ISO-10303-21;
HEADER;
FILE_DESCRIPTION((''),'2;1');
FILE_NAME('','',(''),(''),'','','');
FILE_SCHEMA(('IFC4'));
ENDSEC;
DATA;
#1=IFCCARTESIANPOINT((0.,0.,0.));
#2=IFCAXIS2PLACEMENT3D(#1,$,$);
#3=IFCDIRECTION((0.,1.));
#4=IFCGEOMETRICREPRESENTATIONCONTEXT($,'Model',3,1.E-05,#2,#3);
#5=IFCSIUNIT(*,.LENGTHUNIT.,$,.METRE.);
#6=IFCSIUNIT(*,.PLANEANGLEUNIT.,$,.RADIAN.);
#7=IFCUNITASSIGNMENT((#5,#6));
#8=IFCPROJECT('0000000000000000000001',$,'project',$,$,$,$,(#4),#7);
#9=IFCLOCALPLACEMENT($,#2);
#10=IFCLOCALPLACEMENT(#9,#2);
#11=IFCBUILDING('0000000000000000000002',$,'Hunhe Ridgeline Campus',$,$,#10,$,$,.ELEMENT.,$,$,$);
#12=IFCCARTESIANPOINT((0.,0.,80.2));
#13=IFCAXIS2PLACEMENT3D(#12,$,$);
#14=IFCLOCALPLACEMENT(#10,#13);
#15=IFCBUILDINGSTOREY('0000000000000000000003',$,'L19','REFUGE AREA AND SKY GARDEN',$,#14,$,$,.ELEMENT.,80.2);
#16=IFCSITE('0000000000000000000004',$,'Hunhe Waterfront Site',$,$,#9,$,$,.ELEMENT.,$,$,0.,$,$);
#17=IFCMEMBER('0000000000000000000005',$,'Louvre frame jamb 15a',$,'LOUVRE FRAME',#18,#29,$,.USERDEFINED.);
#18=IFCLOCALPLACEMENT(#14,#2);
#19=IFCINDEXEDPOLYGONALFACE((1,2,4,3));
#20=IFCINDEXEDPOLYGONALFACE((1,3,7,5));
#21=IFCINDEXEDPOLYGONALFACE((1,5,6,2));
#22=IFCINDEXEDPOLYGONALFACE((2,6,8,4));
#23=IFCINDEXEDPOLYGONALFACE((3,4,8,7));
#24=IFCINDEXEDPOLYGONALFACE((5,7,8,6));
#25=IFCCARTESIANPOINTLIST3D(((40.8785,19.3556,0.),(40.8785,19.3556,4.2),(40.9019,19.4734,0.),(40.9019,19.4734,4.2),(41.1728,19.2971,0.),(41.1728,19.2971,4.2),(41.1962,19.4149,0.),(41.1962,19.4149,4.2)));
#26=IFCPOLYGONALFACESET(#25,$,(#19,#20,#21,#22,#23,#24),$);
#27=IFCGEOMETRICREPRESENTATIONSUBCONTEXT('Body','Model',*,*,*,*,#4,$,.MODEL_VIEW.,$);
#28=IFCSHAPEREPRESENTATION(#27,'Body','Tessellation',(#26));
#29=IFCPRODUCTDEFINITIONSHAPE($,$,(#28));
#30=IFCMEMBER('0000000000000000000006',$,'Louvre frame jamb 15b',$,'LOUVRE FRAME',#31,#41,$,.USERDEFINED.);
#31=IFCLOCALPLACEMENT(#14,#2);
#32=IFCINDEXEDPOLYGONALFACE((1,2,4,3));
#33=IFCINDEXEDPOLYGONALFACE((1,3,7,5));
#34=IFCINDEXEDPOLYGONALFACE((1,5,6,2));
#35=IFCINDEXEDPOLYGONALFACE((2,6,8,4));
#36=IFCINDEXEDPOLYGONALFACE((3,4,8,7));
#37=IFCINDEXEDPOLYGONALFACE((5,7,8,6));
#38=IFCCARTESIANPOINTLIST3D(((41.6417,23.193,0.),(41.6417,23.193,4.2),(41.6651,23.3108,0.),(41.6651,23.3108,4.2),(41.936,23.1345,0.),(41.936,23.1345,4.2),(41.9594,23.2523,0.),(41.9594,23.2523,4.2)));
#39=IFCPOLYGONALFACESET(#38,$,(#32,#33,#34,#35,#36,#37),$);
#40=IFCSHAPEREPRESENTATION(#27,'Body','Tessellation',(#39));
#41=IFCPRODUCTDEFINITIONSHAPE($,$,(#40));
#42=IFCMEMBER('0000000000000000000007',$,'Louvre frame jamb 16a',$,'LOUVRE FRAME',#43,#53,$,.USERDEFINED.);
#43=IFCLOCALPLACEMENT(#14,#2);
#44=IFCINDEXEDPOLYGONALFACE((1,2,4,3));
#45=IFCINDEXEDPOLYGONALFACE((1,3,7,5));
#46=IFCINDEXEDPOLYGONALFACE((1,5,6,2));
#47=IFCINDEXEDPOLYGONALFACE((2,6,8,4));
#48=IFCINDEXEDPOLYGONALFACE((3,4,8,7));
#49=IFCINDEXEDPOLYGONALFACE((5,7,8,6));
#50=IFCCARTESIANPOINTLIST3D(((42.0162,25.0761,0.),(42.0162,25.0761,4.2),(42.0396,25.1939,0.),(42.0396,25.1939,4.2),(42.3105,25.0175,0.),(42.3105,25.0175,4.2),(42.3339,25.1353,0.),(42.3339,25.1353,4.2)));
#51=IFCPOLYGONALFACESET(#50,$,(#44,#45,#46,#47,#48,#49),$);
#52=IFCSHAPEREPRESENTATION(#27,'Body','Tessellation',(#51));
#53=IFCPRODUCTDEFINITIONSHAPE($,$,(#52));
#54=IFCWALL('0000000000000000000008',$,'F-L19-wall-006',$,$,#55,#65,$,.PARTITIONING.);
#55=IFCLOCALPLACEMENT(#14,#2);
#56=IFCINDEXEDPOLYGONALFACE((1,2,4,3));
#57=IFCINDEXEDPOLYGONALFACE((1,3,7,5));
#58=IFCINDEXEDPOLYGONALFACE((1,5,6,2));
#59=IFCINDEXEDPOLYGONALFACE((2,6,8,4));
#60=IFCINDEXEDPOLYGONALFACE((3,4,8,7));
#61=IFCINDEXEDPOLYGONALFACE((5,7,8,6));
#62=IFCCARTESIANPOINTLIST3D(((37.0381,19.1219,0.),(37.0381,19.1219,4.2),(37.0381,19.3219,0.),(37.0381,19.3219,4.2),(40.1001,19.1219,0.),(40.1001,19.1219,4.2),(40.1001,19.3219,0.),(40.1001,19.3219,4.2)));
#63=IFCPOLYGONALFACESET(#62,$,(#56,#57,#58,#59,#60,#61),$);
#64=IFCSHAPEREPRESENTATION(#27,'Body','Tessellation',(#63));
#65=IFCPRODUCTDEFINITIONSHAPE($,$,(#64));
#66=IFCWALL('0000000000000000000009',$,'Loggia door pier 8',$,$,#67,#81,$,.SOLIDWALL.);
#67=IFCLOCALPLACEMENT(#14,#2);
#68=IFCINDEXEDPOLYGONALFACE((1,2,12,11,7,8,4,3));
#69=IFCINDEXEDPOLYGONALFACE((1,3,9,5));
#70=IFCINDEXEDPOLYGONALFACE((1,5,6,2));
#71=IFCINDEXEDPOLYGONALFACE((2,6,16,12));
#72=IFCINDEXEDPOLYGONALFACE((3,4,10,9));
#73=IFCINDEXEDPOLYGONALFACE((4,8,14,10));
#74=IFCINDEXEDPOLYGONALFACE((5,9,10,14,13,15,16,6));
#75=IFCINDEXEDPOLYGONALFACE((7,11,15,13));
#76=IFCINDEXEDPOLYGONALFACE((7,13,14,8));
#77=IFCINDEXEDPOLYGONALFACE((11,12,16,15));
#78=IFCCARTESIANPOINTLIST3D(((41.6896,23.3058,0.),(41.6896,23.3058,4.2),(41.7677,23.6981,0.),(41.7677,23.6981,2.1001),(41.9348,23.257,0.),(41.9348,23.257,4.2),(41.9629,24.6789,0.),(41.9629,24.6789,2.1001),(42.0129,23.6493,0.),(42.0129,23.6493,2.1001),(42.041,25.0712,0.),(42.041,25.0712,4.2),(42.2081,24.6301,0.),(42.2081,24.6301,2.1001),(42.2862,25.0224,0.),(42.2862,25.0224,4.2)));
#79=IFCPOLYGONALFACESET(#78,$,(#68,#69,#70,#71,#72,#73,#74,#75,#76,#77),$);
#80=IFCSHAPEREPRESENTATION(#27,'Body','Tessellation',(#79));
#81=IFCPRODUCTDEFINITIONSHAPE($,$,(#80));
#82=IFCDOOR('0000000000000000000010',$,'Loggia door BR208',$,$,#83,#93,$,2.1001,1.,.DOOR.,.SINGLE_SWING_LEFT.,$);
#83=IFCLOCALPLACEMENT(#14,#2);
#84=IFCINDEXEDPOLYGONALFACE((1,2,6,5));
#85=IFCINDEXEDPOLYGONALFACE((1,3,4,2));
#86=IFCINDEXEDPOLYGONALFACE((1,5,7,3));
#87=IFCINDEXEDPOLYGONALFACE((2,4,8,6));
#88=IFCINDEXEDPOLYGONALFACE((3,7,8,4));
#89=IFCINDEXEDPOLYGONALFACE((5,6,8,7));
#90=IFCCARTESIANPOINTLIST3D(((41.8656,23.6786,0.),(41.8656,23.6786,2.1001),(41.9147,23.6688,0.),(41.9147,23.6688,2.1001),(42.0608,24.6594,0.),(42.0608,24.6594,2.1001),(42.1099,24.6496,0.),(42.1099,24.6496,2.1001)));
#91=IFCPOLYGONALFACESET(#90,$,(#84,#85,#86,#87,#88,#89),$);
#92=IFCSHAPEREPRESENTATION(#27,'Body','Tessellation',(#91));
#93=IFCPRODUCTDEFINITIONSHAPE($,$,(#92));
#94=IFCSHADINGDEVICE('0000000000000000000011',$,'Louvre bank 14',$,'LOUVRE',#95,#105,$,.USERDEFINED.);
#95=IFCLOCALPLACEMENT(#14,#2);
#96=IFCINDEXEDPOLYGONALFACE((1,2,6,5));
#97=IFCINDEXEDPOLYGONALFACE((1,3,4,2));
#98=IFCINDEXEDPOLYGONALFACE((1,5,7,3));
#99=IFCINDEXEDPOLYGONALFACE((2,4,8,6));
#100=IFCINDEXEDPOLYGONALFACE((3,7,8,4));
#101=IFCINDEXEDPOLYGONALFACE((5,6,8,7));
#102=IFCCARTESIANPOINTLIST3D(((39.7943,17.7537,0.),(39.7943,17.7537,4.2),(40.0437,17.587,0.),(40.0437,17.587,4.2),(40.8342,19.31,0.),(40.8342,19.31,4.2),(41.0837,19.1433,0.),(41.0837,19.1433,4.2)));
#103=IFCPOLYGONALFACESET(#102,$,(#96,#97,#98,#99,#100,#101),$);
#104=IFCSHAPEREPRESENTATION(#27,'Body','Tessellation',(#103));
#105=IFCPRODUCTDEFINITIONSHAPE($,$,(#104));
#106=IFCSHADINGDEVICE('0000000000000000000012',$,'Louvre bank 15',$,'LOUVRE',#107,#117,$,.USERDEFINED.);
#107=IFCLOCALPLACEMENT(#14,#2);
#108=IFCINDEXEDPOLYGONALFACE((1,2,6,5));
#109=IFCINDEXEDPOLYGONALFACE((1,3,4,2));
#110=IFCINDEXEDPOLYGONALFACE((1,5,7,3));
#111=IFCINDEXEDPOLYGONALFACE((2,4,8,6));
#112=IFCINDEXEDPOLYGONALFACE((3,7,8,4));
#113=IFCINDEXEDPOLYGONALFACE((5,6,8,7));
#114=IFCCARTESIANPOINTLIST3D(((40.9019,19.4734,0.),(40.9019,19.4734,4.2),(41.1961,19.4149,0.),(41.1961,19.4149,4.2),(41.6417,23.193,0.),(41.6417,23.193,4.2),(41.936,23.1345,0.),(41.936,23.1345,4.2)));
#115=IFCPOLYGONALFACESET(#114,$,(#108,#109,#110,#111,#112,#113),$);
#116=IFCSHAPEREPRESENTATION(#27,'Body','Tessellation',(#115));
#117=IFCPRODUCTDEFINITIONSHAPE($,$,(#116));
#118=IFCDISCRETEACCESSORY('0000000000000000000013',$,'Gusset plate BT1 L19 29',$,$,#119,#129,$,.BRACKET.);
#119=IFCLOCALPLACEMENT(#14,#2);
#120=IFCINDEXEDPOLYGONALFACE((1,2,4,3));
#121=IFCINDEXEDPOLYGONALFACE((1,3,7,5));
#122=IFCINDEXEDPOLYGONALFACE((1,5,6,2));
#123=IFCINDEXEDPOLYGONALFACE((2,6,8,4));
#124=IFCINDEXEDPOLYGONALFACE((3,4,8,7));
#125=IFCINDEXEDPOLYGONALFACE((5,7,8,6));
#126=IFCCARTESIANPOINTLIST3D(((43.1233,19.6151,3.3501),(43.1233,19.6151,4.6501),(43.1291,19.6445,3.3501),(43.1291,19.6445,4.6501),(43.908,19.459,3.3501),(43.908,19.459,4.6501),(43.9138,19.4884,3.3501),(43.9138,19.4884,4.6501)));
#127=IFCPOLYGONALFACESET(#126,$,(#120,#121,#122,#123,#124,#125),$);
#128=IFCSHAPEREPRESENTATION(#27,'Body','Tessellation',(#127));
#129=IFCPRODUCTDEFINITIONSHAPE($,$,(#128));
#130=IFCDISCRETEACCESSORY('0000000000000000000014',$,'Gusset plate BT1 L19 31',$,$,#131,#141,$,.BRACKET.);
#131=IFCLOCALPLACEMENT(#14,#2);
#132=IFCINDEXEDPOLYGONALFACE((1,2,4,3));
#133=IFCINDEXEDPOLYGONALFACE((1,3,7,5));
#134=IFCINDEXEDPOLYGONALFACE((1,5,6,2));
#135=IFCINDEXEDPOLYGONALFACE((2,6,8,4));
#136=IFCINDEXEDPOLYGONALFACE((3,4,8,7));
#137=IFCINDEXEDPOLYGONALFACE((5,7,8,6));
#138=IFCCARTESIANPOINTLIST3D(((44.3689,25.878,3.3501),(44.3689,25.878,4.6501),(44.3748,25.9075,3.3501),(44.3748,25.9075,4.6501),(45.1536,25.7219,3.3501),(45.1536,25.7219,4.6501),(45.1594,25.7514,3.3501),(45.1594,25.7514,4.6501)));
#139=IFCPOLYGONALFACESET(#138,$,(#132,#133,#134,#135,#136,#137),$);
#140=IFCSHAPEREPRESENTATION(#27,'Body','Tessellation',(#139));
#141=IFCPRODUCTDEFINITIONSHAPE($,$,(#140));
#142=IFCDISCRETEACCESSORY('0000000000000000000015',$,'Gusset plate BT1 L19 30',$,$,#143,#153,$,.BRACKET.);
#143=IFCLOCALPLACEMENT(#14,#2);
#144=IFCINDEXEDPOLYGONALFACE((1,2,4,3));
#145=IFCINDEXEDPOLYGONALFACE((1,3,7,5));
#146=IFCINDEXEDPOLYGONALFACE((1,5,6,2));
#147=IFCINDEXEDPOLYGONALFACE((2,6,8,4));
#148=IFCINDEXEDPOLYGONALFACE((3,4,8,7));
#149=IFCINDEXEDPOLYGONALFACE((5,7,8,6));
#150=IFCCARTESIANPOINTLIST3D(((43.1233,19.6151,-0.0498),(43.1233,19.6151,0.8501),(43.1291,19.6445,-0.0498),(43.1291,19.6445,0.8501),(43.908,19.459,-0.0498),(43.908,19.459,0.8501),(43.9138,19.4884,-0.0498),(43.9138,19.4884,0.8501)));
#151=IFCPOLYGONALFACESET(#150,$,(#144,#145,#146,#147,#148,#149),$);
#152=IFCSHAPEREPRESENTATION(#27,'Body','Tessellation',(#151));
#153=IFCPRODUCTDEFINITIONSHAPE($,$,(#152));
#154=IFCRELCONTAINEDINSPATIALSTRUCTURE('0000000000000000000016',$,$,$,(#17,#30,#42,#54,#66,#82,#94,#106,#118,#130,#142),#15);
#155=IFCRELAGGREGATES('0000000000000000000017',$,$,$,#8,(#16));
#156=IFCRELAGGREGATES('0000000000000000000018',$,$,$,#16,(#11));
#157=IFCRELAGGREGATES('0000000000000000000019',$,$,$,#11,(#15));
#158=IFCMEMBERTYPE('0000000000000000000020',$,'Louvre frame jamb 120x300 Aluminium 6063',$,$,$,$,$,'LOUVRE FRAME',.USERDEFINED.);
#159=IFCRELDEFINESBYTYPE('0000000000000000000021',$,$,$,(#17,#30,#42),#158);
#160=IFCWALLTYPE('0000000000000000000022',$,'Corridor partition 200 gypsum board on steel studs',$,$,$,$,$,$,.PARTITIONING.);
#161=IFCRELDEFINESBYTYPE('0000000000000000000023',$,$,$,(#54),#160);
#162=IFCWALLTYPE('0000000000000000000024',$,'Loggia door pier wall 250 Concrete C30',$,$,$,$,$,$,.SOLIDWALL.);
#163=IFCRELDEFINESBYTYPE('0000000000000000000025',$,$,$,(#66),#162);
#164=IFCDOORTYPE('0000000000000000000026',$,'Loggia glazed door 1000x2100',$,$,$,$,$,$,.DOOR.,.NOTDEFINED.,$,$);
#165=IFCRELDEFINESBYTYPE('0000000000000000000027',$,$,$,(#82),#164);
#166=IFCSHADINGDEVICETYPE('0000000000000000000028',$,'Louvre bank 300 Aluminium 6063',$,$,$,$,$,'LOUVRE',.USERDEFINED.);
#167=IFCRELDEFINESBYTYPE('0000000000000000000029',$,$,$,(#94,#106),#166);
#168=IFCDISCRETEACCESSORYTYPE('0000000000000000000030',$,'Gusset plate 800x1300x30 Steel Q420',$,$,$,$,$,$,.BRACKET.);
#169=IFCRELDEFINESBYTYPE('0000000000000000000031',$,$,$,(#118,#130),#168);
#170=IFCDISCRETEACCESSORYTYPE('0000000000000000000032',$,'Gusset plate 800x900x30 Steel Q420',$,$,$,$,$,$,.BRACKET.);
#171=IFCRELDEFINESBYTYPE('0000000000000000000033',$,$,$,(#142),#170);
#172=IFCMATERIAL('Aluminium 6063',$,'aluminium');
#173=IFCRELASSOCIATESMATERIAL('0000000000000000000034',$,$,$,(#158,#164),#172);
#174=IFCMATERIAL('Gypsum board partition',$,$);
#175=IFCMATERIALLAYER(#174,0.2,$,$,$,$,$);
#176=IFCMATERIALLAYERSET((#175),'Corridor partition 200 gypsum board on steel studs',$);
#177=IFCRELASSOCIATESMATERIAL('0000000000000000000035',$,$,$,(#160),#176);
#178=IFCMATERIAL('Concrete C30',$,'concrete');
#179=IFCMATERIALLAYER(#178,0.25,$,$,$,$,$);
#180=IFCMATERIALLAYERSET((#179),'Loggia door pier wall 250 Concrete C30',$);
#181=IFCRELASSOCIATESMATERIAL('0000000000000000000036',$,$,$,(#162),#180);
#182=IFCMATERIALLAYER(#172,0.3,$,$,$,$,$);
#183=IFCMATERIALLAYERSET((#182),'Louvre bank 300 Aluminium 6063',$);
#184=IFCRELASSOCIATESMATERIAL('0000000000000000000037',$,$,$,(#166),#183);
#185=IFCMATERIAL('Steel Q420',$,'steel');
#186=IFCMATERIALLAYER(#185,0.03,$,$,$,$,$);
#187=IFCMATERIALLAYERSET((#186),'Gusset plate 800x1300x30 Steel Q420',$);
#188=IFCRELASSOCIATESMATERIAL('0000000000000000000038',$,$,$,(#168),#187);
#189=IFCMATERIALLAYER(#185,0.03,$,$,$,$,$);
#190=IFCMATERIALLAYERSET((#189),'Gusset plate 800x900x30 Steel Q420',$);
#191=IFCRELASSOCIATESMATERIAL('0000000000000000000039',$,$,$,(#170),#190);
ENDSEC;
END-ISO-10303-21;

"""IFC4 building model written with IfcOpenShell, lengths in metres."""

from ifc_helpers import new_model, si_unit, direction, frame, frame_2d, origin, origin_2d, place, context, subcontext, project, spatial, rectangle, extrude, material, layer, layer_set, material_profile, profile_set, type_object, element, fill, save


model = new_model("IFC4")

# Units and contexts
model_context = context("Model", 3, precision=1e-05, world=origin(), true_north=direction((0.0, 1.0)))
body_context = subcontext(model_context, "Body", "Model", "MODEL_VIEW")
ifc_project = project(units=[si_unit("LENGTHUNIT", "METRE"), si_unit("PLANEANGLEUNIT", "RADIAN")], contexts=[model_context])

# Site, building, storey
site_placement = place(None, origin())
site = spatial("IfcSite", under=ifc_project, at=site_placement, Name="Hunhe Waterfront Site", CompositionType="ELEMENT", RefElevation=0.0)
building_placement = place(site_placement, origin())
building = spatial("IfcBuilding", under=site, at=building_placement, Name="Hunhe Ridgeline Campus", CompositionType="ELEMENT")
storey_placement = place(building_placement, frame((0.0, 0.0, 80.2)))
storey = spatial("IfcBuildingStorey", under=building, at=storey_placement, Name="L19", Description="REFUGE AREA AND SKY GARDEN", CompositionType="ELEMENT", Elevation=80.2)

# Members
ifc_material_1 = material(Name="Steel Q420", Category="steel")
ifc_material_2 = material(Name="Aluminium 6063", Category="aluminium")
ifc_material_profile_1 = material_profile(ifc_material_2, rectangle(XDim=0.3, YDim=0.1201, at=origin_2d()))
ifc_profile_set_1 = profile_set([ifc_material_profile_1], Name="Aluminium 6063")
member_type_1 = type_object("IfcMemberType", Name="Louvre frame jamb 120x300 Aluminium 6063", ElementType="LOUVRE FRAME", PredefinedType="USERDEFINED", material=ifc_profile_set_1)
for number, where, z_axis, x_axis, name in (
    (1, (41.0374, 19.3853, 0.0), (0.0, 0.0, 1.0), (-0.980785, 0.19509, 0.0), "Louvre frame jamb 15a"),
    (2, (41.8005, 23.2227, 0.0), (0.0, 0.0, 1.0), (-0.980785, 0.19509, 0.0), "Louvre frame jamb 15b"),
    (3, (42.175, 25.1057, 0.0), (0.0, 0.0, 1.0), (-0.980785, 0.19509, 0.0), "Louvre frame jamb 16a"),
):
    element("IfcMember", number, at=place(storey_placement, frame(where, z_axis=z_axis, x_axis=x_axis)), inside=storey, type_object=member_type_1, Name=name, ObjectType="LOUVRE FRAME", PredefinedType="USERDEFINED", context=body_context, shape_type="SweptSolid", body=[
        extrude(rectangle(XDim=0.3, YDim=0.1201, at=origin_2d()), origin(), (0.0, 0.0, 1.0), 4.2),
    ])

# Wall
ifc_material_3 = material(Name="Gypsum board partition")
ifc_layer_1 = layer(ifc_material_3, 0.2)
ifc_layer_set_1 = layer_set([ifc_layer_1], Name="Corridor partition 200 gypsum board on steel studs")
wall_type_1 = type_object("IfcWallType", Name="Corridor partition 200 gypsum board on steel studs", PredefinedType="PARTITIONING", material=ifc_layer_set_1)
wall_1_placement = place(storey_placement, frame((37.0381, 19.2219, 0.0), z_axis=(0.0, 0.0, 1.0), x_axis=(1.0, 0.0, 0.0)))
element("IfcWall", 4, at=wall_1_placement, inside=storey, type_object=wall_type_1, Name="F-L19-wall-006", PredefinedType="PARTITIONING", context=body_context, shape_type="SweptSolid", body=[
    extrude(rectangle(XDim=3.062, YDim=0.2, at=frame_2d((1.531, 0.0))), origin(), (0.0, 0.0, 1.0), 4.2),
])

# Wall, opening, door
ifc_material_4 = material(Name="Concrete C30", Category="concrete")
ifc_layer_2 = layer(ifc_material_4, 0.25)
ifc_layer_set_2 = layer_set([ifc_layer_2], Name="Loggia door pier wall 250 Concrete C30")
wall_type_2 = type_object("IfcWallType", Name="Loggia door pier wall 250 Concrete C30", PredefinedType="SOLIDWALL", material=ifc_layer_set_2)
wall_2_placement = place(storey_placement, frame((41.8123, 23.2815, 0.0), z_axis=(0.0, 0.0, 1.0), x_axis=(0.195177, 0.980768, 0.0)))
wall_2 = element("IfcWall", 5, at=wall_2_placement, inside=storey, type_object=wall_type_2, Name="Loggia door pier 8", PredefinedType="SOLIDWALL", context=body_context, shape_type="SweptSolid", body=[
    extrude(rectangle(XDim=1.8, YDim=0.25, at=frame_2d((0.8999, 0.0))), origin(), (0.0, 0.0, 1.0), 4.2),
])
opening_1_placement = place(wall_2_placement, frame((0.3999, 0.0, 0.0)))
opening_1 = element("IfcOpeningElement", 6, at=opening_1_placement, cuts=wall_2, PredefinedType="OPENING", context=body_context, shape_type="SweptSolid", body=[
    extrude(rectangle(XDim=1.0, YDim=2.1001, at=frame_2d((0.5, 1.05))), frame((0.0, 0.125, 0.0), z_axis=(0.0, -1.0, 0.0), x_axis=(1.0, 0.0, 0.0)), (0.0, 0.0, 1.0), 0.25),
])
door_type_1 = type_object("IfcDoorType", Name="Loggia glazed door 1000x2100", OperationType="NOTDEFINED", PredefinedType="DOOR", material=ifc_material_2)
door_1_placement = place(opening_1_placement, frame((1.0, 0.0, 0.0), z_axis=(0.0, 0.0, 1.0), x_axis=(-1.0, 0.0, 0.0)))
door_1 = element("IfcDoor", 7, at=door_1_placement, inside=storey, type_object=door_type_1, Name="Loggia door BR208", OperationType="SINGLE_SWING_LEFT", OverallHeight=2.1001, OverallWidth=1.0, PredefinedType="DOOR", context=body_context, shape_type="SweptSolid", body=[
    extrude(rectangle(XDim=1.0, YDim=2.1001, at=frame_2d((0.5, 1.05))), frame((0.0, 0.0249, 0.0), z_axis=(0.0, -1.0, 0.0), x_axis=(1.0, 0.0, 0.0)), (0.0, 0.0, 1.0), 0.05),
])
fill(opening_1, door_1)

# Shading devices
ifc_layer_3 = layer(ifc_material_2, 0.3)
ifc_layer_set_3 = layer_set([ifc_layer_3], Name="Louvre bank 300 Aluminium 6063")
shading_device_type = type_object("IfcShadingDeviceType", Name="Louvre bank 300 Aluminium 6063", ElementType="LOUVRE", PredefinedType="USERDEFINED", material=ifc_layer_set_3)
shading_device_1_placement = place(storey_placement, frame((40.439, 18.4485, 0.0), z_axis=(0.0, 0.0, 1.0), x_axis=(0.55557, 0.83147, 0.0)))
element("IfcShadingDevice", 8, at=shading_device_1_placement, inside=storey, type_object=shading_device_type, Name="Louvre bank 14", ObjectType="LOUVRE", PredefinedType="USERDEFINED", context=body_context, shape_type="SweptSolid", body=[
    extrude(rectangle(XDim=1.8718, YDim=0.3, at=origin_2d()), origin(), (0.0, 0.0, 1.0), 4.2),
])
shading_device_2_placement = place(storey_placement, frame((41.4189, 21.304, 0.0), z_axis=(0.0, 0.0, 1.0), x_axis=(0.19509, 0.980785, 0.0)))
element("IfcShadingDevice", 9, at=shading_device_2_placement, inside=storey, type_object=shading_device_type, Name="Louvre bank 15", ObjectType="LOUVRE", PredefinedType="USERDEFINED", context=body_context, shape_type="SweptSolid", body=[
    extrude(rectangle(XDim=3.7925, YDim=0.3, at=origin_2d()), origin(), (0.0, 0.0, 1.0), 4.2),
])

# Discrete accessories
ifc_layer_4 = layer(ifc_material_1, 0.03)
ifc_layer_set_4 = layer_set([ifc_layer_4], Name="Gusset plate 800x1300x30 Steel Q420")
discrete_accessory_type_1 = type_object("IfcDiscreteAccessoryType", Name="Gusset plate 800x1300x30 Steel Q420", PredefinedType="BRACKET", material=ifc_layer_set_4)
for number, where, z_axis, x_axis, name in (
    (10, (43.5186, 19.5518, 3.3501), (0.0, 0.0, 1.0), (-0.19509, -0.980785, 0.0), "Gusset plate BT1 L19 29"),
    (11, (44.7642, 25.8147, 3.3501), (0.0, 0.0, 1.0), (0.19509, 0.980785, 0.0), "Gusset plate BT1 L19 31"),
):
    element("IfcDiscreteAccessory", number, at=place(storey_placement, frame(where, z_axis=z_axis, x_axis=x_axis)), inside=storey, type_object=discrete_accessory_type_1, Name=name, PredefinedType="BRACKET", context=body_context, shape_type="SweptSolid", body=[
        extrude(rectangle(XDim=0.03, YDim=0.8, at=origin_2d()), origin(), (0.0, 0.0, 1.0), 1.3),
    ])
ifc_layer_5 = layer(ifc_material_1, 0.03)
ifc_layer_set_5 = layer_set([ifc_layer_5], Name="Gusset plate 800x900x30 Steel Q420")
discrete_accessory_type_2 = type_object("IfcDiscreteAccessoryType", Name="Gusset plate 800x900x30 Steel Q420", PredefinedType="BRACKET", material=ifc_layer_set_5)
discrete_accessory_placement = place(storey_placement, frame((43.5186, 19.5518, -0.0498), z_axis=(0.0, 0.0, 1.0), x_axis=(-0.19509, -0.980785, 0.0)))
element("IfcDiscreteAccessory", 12, at=discrete_accessory_placement, inside=storey, type_object=discrete_accessory_type_2, Name="Gusset plate BT1 L19 30", PredefinedType="BRACKET", context=body_context, shape_type="SweptSolid", body=[
    extrude(rectangle(XDim=0.03, YDim=0.8, at=origin_2d()), origin(), (0.0, 0.0, 1.0), 0.8999),
])

save(model, "model.ifc")
